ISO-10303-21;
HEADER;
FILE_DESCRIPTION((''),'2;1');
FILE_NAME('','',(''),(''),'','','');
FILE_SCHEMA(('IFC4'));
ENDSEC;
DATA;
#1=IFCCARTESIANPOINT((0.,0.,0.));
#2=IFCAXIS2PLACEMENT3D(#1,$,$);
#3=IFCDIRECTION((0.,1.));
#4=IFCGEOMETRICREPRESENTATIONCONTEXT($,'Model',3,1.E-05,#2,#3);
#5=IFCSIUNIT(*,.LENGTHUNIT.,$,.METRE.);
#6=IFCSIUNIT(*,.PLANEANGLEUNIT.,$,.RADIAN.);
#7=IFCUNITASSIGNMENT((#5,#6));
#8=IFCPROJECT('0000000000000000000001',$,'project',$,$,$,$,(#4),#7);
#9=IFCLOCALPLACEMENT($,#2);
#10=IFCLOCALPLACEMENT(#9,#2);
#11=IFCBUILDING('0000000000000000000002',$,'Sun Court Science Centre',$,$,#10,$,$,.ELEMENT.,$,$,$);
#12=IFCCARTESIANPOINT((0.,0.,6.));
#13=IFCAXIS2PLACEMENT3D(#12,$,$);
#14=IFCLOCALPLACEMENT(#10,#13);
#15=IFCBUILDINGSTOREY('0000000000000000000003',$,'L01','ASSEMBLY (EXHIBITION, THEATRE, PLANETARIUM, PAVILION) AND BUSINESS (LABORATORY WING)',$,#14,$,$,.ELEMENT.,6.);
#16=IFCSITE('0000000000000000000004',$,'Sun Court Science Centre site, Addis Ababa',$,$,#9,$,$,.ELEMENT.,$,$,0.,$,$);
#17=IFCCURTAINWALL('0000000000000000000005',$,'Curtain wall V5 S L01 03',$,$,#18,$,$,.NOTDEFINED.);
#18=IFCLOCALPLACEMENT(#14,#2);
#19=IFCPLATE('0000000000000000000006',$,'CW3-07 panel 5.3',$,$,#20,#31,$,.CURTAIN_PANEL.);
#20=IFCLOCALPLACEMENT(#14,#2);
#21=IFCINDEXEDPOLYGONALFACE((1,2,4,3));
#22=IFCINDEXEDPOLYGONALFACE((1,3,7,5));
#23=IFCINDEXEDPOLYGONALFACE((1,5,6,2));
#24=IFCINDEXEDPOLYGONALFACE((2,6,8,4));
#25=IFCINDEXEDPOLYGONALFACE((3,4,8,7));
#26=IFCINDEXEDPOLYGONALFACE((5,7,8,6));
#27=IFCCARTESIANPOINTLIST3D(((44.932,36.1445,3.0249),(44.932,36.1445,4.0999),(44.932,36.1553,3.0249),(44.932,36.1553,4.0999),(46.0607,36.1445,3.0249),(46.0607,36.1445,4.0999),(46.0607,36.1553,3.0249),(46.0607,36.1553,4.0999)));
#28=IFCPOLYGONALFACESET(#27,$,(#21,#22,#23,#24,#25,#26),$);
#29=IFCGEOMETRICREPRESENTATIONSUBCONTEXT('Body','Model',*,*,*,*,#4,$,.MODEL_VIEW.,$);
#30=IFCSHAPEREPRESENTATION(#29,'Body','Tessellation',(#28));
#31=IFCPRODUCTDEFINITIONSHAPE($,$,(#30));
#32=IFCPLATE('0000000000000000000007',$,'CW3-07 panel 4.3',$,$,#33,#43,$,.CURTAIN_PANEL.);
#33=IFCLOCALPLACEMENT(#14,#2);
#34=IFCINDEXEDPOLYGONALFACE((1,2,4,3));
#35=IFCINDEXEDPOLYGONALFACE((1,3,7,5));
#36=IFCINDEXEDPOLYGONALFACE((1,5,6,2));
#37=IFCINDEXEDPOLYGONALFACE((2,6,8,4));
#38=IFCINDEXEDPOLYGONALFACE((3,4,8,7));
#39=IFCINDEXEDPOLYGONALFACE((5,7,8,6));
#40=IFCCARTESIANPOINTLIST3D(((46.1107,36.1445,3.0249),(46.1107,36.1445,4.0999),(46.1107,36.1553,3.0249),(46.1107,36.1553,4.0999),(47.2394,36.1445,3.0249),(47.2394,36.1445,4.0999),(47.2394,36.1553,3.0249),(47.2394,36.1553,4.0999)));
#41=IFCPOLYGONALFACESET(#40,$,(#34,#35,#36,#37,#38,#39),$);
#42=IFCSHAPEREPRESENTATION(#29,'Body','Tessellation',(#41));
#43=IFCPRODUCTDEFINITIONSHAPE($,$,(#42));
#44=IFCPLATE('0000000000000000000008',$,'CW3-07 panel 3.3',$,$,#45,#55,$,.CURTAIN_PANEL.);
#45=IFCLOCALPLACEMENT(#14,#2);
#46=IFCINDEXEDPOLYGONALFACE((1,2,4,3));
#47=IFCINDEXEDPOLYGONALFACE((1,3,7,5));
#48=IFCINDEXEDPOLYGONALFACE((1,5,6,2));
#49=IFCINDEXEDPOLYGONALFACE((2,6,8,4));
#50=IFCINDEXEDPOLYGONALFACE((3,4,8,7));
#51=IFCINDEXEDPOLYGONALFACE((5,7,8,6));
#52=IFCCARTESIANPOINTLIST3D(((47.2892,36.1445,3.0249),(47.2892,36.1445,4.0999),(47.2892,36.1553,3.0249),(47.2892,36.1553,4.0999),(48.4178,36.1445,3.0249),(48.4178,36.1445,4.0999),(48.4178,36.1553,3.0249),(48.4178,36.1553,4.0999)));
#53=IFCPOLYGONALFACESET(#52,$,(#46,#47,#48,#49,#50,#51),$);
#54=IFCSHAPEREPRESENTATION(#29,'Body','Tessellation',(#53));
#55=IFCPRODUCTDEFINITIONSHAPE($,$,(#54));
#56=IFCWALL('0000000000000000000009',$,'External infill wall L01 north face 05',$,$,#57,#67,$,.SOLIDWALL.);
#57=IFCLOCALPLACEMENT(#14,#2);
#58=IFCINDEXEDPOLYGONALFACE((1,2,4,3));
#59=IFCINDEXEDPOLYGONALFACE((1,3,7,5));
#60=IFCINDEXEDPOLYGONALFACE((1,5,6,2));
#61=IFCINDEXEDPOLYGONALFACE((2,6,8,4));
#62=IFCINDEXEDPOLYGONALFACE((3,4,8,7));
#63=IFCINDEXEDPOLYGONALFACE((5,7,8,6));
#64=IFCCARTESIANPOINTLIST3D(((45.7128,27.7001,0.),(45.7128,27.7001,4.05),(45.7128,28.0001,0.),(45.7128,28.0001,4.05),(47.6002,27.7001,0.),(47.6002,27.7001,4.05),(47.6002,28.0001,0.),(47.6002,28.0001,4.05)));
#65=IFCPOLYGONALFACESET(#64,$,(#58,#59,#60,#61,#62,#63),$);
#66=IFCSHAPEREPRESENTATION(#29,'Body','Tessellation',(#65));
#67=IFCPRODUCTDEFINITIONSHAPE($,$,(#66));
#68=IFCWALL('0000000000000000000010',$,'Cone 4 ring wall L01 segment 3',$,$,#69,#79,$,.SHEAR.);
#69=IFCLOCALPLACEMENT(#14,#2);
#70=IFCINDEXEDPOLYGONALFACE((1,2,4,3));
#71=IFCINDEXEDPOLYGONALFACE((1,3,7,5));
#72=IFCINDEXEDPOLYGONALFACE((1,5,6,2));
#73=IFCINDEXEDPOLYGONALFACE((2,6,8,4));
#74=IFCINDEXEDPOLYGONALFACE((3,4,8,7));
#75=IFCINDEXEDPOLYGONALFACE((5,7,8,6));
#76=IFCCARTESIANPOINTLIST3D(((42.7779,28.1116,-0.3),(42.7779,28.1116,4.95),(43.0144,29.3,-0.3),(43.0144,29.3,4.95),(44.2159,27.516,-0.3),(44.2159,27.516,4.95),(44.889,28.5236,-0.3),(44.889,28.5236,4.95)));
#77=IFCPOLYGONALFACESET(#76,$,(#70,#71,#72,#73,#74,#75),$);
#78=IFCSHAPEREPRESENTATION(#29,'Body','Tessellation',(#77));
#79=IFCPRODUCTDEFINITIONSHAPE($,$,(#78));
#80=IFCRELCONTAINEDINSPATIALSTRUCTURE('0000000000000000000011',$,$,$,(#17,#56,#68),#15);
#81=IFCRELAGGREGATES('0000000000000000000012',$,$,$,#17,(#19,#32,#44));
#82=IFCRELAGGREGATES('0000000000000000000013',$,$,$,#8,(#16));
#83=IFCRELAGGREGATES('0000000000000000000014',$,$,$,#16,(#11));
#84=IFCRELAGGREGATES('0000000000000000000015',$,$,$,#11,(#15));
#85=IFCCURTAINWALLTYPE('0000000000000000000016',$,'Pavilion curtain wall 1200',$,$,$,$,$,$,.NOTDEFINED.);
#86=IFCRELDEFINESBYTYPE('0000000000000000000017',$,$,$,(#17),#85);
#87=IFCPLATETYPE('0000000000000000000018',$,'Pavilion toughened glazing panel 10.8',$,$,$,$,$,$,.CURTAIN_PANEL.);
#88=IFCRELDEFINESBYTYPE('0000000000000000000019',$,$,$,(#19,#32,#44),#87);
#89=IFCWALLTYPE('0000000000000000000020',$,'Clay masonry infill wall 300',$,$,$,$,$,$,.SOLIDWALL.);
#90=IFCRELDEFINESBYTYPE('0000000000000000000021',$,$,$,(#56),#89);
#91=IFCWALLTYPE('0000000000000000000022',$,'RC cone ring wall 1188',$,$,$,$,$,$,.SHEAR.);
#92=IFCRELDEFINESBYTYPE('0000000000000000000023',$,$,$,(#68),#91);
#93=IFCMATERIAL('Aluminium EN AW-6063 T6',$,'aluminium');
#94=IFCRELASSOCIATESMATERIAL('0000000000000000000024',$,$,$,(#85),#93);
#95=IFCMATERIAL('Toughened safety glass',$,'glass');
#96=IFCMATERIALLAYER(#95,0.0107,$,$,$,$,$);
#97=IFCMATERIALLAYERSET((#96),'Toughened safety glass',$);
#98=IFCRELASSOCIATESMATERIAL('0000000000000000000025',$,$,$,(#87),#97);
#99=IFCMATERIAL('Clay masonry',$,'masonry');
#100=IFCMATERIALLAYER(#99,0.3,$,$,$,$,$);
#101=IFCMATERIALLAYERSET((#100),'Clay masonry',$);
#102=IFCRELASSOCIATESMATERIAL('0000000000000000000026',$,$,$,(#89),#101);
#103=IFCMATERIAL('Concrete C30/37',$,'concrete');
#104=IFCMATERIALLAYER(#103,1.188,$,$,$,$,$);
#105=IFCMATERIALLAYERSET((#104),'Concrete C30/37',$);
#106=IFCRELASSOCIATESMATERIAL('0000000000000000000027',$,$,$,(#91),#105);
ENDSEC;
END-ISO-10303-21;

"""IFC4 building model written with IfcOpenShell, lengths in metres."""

from ifc_helpers import new_model, si_unit, direction, frame, frame_2d, origin, origin_2d, place, context, subcontext, project, spatial, polyline, rectangle, outline, extrude, material, layer, layer_set, type_object, element, aggregate, save


model = new_model("IFC4")

# Units and contexts
model_context = context("Model", 3, precision=1e-05, world=origin(), true_north=direction((0.0, 1.0)))
body_context = subcontext(model_context, "Body", "Model", "MODEL_VIEW")
ifc_project = project(units=[si_unit("LENGTHUNIT", "METRE"), si_unit("PLANEANGLEUNIT", "RADIAN")], contexts=[model_context])

# Site, building, storey
site_placement = place(None, origin())
site = spatial("IfcSite", under=ifc_project, at=site_placement, Name="Sun Court Science Centre site, Addis Ababa", CompositionType="ELEMENT", RefElevation=0.0)
building_placement = place(site_placement, origin())
building = spatial("IfcBuilding", under=site, at=building_placement, Name="Sun Court Science Centre", CompositionType="ELEMENT")
storey_placement = place(building_placement, frame((0.0, 0.0, 6.0)))
storey = spatial("IfcBuildingStorey", under=building, at=storey_placement, Name="L01", Description="ASSEMBLY (EXHIBITION, THEATRE, PLANETARIUM, PAVILION) AND BUSINESS (LABORATORY WING)", CompositionType="ELEMENT", Elevation=6.0)

# Curtain wall
ifc_material_1 = material(Name="Aluminium EN AW-6063 T6", Category="aluminium")
curtain_wall_type_1 = type_object("IfcCurtainWallType", Name="Pavilion curtain wall 1200", PredefinedType="NOTDEFINED", material=ifc_material_1)
curtain_wall_1_placement = place(storey_placement, origin())
curtain_wall_1 = element("IfcCurtainWall", 1, at=curtain_wall_1_placement, inside=storey, type_object=curtain_wall_type_1, Name="Curtain wall V5 S L01 03", PredefinedType="NOTDEFINED")

# Plates
ifc_material_2 = material(Name="Toughened safety glass", Category="glass")
ifc_layer_1 = layer(ifc_material_2, 0.0107)
ifc_layer_set_1 = layer_set([ifc_layer_1], Name="Toughened safety glass")
plate_type = type_object("IfcPlateType", Name="Pavilion toughened glazing panel 10.8", PredefinedType="CURTAIN_PANEL", material=ifc_layer_set_1)
plate_1_placement = place(storey_placement, frame((45.4963, 36.1499, 3.0249), z_axis=(0.0, 0.0, 1.0), x_axis=(-1.0, 0.0, 0.0)))
plate_1 = element("IfcPlate", 2, at=plate_1_placement, type_object=plate_type, Name="CW3-07 panel 5.3", PredefinedType="CURTAIN_PANEL", context=body_context, shape_type="SweptSolid", body=[
    extrude(rectangle(XDim=1.1287, YDim=0.0107, at=origin_2d()), origin(), (0.0, 0.0, 1.0), 1.075),
])
plate_2_placement = place(storey_placement, frame((46.675, 36.1499, 3.0249), z_axis=(0.0, 0.0, 1.0), x_axis=(-1.0, 0.0, 0.0)))
plate_2 = element("IfcPlate", 3, at=plate_2_placement, type_object=plate_type, Name="CW3-07 panel 4.3", PredefinedType="CURTAIN_PANEL", context=body_context, shape_type="SweptSolid", body=[
    extrude(rectangle(XDim=1.1287, YDim=0.0107, at=origin_2d()), origin(), (0.0, 0.0, 1.0), 1.075),
])
plate_3_placement = place(storey_placement, frame((47.8535, 36.1499, 3.0249), z_axis=(0.0, 0.0, 1.0), x_axis=(-1.0, 0.0, 0.0)))
plate_3 = element("IfcPlate", 4, at=plate_3_placement, type_object=plate_type, Name="CW3-07 panel 3.3", PredefinedType="CURTAIN_PANEL", context=body_context, shape_type="SweptSolid", body=[
    extrude(rectangle(XDim=1.1287, YDim=0.0107, at=origin_2d()), origin(), (0.0, 0.0, 1.0), 1.075),
])
aggregate(curtain_wall_1, [plate_1, plate_2, plate_3])

# Walls
ifc_material_3 = material(Name="Clay masonry", Category="masonry")
ifc_layer_2 = layer(ifc_material_3, 0.3)
ifc_layer_set_2 = layer_set([ifc_layer_2], Name="Clay masonry")
wall_type_1 = type_object("IfcWallType", Name="Clay masonry infill wall 300", PredefinedType="SOLIDWALL", material=ifc_layer_set_2)
wall_1_placement = place(storey_placement, frame((45.7126, 27.8501, 0.0), z_axis=(0.0, 0.0, 1.0), x_axis=(1.0, 0.0, 0.0)))
element("IfcWall", 5, at=wall_1_placement, inside=storey, type_object=wall_type_1, Name="External infill wall L01 north face 05", PredefinedType="SOLIDWALL", context=body_context, shape_type="SweptSolid", body=[
    extrude(rectangle(XDim=1.8875, YDim=0.3, at=frame_2d((0.9438, 0.0))), origin(), (0.0, 0.0, 1.0), 4.05),
])
ifc_material_4 = material(Name="Concrete C30/37", Category="concrete")
ifc_layer_3 = layer(ifc_material_4, 1.188)
ifc_layer_set_3 = layer_set([ifc_layer_3], Name="Concrete C30/37")
wall_type_2 = type_object("IfcWallType", Name="RC cone ring wall 1188", PredefinedType="SHEAR", material=ifc_layer_set_3)
wall_2_placement = place(storey_placement, frame((44.6616, 27.9746, -0.3), z_axis=(0.0, 0.0, 1.0), x_axis=(-0.923894, 0.382649, 0.0)))
element("IfcWall", 6, at=wall_2_placement, inside=storey, type_object=wall_type_2, Name="Cone 4 ring wall L01 segment 3", PredefinedType="SHEAR", context=body_context, shape_type="SweptSolid", body=[
    extrude(outline(polyline([(0.0, -0.5942), (2.0291, -0.5942), (1.7927, 0.5942), (0.2363, 0.5942), (0.0, -0.5942)])), origin(), (0.0, 0.0, 1.0), 5.25),
])

save(model, "model.ifc")
